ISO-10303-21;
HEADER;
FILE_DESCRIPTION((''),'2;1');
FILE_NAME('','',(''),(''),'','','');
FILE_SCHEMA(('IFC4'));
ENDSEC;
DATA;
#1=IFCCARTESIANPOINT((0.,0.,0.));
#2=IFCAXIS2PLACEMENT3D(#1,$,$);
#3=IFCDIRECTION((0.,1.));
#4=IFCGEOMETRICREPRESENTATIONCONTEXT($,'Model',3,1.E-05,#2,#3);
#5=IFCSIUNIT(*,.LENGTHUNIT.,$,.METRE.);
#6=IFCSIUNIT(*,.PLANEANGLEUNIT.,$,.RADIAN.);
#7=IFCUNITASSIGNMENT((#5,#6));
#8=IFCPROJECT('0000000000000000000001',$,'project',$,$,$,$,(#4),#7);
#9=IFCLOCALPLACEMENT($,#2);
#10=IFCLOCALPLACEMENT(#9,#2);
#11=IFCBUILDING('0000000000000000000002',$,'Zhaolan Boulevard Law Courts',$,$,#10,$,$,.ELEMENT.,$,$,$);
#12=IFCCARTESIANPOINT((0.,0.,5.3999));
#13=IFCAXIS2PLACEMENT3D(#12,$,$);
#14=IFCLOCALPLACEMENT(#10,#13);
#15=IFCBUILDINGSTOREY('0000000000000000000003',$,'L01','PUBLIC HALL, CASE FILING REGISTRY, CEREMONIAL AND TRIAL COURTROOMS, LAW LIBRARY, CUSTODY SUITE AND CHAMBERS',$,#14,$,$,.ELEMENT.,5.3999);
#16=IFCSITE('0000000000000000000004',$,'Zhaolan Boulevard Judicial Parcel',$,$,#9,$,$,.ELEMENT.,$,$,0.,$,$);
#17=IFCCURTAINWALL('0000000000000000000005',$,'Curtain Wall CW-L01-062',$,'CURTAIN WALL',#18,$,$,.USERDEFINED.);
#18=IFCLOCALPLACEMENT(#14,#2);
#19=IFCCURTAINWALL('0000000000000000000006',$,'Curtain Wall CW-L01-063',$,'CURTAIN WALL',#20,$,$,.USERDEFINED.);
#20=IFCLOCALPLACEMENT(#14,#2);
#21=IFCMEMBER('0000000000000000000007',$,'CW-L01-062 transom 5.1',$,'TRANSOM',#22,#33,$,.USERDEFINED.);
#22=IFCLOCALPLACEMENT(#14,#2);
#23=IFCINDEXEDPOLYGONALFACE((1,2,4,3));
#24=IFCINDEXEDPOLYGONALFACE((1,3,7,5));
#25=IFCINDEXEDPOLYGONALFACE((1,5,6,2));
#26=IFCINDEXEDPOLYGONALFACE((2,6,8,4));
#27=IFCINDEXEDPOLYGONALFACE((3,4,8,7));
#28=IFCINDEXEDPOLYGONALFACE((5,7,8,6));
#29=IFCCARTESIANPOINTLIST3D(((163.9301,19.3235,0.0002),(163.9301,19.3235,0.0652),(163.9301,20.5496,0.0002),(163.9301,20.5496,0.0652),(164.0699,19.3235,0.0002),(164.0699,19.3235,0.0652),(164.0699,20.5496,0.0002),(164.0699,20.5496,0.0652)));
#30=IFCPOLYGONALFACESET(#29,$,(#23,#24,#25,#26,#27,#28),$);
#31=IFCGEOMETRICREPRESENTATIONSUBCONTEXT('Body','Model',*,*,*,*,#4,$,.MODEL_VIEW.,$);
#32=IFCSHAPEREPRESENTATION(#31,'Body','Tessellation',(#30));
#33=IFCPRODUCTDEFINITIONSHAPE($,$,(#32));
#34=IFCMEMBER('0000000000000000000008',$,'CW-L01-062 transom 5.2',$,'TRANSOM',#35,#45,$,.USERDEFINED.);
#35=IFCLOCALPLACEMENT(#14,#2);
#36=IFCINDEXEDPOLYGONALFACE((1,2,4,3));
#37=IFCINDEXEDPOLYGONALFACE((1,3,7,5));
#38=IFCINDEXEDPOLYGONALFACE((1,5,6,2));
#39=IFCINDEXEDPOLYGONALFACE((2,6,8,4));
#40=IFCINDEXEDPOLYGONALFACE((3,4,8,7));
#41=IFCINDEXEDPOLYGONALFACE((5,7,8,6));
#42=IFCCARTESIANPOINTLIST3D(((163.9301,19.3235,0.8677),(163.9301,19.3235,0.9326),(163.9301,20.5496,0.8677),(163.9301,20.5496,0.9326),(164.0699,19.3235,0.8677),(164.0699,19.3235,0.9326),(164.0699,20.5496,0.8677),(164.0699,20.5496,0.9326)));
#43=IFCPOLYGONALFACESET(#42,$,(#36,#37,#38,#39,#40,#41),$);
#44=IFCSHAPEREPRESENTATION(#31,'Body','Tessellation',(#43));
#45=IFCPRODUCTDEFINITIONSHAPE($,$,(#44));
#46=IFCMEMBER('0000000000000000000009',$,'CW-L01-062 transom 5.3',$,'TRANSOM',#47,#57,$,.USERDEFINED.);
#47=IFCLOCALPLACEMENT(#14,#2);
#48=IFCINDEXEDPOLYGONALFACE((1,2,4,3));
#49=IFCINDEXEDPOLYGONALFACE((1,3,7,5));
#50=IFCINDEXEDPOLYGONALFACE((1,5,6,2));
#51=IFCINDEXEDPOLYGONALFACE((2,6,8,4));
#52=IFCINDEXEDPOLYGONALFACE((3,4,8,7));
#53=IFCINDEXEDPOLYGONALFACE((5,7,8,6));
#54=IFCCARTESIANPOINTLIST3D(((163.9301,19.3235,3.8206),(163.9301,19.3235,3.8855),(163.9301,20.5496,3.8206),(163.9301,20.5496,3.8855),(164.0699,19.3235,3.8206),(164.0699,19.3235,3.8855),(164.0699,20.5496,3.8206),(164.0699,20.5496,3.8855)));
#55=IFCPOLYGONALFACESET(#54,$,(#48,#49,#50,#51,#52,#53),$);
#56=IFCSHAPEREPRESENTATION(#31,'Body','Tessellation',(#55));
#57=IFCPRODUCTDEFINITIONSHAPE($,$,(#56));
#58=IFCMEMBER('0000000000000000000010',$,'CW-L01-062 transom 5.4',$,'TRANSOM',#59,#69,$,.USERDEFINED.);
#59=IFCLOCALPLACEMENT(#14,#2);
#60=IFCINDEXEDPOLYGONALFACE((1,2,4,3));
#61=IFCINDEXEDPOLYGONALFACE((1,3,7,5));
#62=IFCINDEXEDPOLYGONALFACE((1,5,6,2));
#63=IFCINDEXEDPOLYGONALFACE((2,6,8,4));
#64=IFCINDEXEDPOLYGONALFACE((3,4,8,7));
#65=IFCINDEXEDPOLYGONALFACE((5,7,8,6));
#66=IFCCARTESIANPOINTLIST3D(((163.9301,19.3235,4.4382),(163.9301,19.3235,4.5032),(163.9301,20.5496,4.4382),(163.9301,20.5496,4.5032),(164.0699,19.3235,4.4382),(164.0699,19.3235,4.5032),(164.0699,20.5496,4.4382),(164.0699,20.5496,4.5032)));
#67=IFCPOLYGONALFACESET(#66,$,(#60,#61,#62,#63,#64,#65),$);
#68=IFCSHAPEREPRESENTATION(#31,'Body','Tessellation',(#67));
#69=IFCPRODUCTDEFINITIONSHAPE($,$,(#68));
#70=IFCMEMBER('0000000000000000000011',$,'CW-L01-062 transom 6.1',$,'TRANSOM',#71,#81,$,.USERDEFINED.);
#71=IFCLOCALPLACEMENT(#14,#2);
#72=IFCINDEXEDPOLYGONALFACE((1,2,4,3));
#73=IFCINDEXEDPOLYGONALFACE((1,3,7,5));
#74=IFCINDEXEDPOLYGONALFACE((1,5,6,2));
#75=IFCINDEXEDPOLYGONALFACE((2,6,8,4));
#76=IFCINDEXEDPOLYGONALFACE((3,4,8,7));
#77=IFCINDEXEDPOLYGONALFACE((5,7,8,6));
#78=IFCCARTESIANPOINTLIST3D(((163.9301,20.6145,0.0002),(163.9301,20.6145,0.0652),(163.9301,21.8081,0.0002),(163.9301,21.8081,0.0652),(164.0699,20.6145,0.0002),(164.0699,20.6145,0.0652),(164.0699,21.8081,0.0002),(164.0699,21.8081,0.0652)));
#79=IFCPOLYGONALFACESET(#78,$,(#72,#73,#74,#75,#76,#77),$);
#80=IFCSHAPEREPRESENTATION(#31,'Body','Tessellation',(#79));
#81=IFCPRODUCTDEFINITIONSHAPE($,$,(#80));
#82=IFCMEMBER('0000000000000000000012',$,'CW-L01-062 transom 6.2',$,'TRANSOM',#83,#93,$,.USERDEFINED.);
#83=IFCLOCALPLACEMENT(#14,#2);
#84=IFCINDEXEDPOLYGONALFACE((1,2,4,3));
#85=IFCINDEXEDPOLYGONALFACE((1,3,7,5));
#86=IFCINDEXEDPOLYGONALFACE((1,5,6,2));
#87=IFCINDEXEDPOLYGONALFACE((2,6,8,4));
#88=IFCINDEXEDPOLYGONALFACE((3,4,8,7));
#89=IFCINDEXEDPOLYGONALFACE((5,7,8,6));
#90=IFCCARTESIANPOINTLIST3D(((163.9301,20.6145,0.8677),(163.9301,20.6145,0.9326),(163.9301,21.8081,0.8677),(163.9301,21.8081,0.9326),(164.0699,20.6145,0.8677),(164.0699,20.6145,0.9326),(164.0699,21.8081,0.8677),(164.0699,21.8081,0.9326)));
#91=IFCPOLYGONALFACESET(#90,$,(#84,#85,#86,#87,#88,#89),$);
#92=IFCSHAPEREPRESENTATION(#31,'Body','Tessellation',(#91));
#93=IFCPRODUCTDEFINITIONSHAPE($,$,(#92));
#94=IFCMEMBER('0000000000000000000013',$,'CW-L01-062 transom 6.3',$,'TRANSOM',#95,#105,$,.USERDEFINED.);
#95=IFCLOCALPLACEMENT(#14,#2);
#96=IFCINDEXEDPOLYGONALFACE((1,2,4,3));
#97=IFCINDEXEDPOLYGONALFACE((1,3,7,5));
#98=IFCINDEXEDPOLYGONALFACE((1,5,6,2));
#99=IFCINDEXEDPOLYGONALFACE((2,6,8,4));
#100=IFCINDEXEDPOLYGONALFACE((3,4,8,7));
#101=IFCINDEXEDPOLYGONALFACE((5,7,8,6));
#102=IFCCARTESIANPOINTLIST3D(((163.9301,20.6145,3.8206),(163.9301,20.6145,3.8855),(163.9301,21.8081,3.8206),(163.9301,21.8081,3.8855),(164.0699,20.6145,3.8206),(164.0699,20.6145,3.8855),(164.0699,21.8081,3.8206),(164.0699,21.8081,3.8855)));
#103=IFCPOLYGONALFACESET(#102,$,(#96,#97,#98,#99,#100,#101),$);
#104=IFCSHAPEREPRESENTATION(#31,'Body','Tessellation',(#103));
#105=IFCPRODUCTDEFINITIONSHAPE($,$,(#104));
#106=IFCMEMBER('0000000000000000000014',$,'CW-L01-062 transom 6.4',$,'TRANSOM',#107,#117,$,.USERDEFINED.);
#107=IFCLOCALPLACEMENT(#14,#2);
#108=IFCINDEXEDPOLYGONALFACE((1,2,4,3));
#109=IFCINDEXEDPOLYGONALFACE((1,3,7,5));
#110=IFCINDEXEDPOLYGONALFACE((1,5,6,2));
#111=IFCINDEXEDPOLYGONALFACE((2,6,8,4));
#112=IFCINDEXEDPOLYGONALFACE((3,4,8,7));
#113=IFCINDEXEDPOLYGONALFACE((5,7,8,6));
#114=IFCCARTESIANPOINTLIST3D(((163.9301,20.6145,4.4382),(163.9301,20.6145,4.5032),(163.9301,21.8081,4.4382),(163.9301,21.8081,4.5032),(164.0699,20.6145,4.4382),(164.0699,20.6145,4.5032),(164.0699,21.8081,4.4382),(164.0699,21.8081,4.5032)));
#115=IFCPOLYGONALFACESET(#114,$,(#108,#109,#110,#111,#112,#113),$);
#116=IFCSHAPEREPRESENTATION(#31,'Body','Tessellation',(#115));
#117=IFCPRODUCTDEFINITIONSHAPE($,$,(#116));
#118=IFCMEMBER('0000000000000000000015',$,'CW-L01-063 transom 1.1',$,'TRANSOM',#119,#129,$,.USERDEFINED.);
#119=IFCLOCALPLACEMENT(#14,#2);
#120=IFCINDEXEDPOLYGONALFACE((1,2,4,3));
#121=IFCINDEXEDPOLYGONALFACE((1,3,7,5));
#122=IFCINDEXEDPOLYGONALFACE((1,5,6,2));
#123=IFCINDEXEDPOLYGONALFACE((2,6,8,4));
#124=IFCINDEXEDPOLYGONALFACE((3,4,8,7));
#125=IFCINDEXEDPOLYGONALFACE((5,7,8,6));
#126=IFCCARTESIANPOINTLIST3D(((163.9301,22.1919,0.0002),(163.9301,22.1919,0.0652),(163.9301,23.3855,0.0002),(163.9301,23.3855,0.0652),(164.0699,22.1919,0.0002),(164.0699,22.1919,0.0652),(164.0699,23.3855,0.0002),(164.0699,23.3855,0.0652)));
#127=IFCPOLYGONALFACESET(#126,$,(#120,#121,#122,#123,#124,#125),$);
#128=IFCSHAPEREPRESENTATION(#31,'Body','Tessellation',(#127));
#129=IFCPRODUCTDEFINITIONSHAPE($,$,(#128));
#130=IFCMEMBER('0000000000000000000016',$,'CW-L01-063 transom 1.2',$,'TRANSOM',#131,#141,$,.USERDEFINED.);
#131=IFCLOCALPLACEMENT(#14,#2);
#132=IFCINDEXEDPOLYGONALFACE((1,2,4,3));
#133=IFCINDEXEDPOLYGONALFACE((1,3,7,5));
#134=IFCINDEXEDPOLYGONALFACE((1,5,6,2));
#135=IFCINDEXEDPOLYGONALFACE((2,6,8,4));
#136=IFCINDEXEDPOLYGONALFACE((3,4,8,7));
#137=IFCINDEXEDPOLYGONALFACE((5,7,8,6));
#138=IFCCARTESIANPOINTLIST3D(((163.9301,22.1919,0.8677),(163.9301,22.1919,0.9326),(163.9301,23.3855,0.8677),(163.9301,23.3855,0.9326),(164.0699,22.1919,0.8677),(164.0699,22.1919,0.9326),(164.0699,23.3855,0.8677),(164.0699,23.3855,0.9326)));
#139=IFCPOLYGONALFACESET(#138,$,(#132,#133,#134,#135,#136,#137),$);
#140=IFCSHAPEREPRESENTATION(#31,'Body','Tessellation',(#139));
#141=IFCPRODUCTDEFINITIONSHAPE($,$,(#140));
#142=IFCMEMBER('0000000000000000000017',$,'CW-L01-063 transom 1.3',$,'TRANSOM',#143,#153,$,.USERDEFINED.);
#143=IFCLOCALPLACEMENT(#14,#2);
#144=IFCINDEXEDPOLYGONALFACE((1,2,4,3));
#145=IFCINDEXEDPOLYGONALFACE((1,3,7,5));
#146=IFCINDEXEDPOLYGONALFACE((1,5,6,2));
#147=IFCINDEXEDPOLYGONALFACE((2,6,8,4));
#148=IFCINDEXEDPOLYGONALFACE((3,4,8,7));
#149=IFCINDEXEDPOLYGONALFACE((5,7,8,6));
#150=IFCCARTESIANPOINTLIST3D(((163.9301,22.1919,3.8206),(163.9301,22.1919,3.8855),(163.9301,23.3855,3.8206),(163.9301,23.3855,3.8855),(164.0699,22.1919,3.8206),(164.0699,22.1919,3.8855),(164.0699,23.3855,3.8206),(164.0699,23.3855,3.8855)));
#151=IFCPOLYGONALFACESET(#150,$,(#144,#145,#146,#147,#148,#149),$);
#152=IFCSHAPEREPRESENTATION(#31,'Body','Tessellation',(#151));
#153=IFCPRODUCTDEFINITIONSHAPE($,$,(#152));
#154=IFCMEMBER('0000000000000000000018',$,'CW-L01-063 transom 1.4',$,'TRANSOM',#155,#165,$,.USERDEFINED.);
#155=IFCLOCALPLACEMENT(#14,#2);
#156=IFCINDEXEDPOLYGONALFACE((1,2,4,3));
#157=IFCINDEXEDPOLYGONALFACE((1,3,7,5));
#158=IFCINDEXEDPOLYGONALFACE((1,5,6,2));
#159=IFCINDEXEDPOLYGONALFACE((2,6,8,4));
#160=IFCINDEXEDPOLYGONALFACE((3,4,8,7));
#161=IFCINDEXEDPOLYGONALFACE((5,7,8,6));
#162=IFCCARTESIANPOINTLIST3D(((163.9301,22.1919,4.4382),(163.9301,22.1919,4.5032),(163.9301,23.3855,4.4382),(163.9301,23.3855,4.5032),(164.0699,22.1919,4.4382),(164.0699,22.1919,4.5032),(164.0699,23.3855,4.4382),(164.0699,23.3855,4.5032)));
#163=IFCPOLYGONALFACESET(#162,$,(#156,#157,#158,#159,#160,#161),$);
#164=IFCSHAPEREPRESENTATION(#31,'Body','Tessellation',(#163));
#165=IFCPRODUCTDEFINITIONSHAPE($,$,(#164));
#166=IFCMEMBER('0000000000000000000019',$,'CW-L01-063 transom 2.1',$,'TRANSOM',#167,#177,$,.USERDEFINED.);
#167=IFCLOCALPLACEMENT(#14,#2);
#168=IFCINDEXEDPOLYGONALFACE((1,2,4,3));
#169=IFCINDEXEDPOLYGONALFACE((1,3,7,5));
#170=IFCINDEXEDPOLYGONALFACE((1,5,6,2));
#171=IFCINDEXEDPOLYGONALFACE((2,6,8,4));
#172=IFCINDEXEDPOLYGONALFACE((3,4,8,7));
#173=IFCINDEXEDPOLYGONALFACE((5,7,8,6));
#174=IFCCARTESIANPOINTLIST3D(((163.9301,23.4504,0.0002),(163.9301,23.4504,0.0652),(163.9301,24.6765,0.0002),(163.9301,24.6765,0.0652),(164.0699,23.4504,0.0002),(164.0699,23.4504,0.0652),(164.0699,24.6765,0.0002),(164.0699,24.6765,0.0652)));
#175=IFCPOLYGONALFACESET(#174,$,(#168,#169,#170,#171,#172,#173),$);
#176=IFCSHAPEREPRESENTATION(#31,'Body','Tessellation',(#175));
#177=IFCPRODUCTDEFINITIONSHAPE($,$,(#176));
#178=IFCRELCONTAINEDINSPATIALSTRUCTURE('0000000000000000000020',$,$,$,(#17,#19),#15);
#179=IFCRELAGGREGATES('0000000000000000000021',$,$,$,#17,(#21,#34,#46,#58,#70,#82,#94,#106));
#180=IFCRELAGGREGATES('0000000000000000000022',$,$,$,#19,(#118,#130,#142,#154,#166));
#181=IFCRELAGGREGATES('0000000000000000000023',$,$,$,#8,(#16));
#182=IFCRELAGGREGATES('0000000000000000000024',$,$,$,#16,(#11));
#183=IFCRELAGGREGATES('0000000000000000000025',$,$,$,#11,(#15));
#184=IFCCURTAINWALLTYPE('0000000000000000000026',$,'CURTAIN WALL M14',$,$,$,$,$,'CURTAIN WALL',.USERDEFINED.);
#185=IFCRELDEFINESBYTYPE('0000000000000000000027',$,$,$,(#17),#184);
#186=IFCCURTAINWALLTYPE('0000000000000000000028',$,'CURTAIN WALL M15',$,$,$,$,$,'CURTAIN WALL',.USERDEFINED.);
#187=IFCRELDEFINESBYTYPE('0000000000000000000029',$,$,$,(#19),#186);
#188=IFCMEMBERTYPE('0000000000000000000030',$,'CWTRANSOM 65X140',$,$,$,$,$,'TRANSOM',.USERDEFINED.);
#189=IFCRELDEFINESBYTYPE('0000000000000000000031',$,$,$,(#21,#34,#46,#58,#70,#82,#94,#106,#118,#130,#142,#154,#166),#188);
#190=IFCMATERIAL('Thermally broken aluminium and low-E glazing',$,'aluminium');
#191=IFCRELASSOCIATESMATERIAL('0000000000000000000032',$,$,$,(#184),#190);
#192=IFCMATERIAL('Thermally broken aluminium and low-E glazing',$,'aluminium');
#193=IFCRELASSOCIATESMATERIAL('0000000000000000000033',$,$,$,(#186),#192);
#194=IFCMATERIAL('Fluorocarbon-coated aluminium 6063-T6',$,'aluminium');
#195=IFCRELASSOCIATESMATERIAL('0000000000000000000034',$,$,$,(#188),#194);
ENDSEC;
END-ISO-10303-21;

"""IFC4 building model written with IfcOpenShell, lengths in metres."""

from ifc_helpers import new_model, si_unit, direction, frame, origin, origin_2d, place, context, subcontext, project, spatial, rectangle, extrude, material, material_profile, profile_set, type_object, element, aggregate, save


model = new_model("IFC4")

# Units and contexts
model_context = context("Model", 3, precision=1e-05, world=origin(), true_north=direction((0.0, 1.0)))
body_context = subcontext(model_context, "Body", "Model", "MODEL_VIEW")
ifc_project = project(units=[si_unit("LENGTHUNIT", "METRE"), si_unit("PLANEANGLEUNIT", "RADIAN")], contexts=[model_context])

# Site, building, storey
site_placement = place(None, origin())
site = spatial("IfcSite", under=ifc_project, at=site_placement, Name="Zhaolan Boulevard Judicial Parcel", CompositionType="ELEMENT", RefElevation=0.0)
building_placement = place(site_placement, origin())
building = spatial("IfcBuilding", under=site, at=building_placement, Name="Zhaolan Boulevard Law Courts", CompositionType="ELEMENT")
storey_placement = place(building_placement, frame((0.0, 0.0, 5.3999)))
storey = spatial("IfcBuildingStorey", under=building, at=storey_placement, Name="L01", Description="PUBLIC HALL, CASE FILING REGISTRY, CEREMONIAL AND TRIAL COURTROOMS, LAW LIBRARY, CUSTODY SUITE AND CHAMBERS", CompositionType="ELEMENT", Elevation=5.3999)

# Curtain walls
ifc_material_1 = material(Name="Thermally broken aluminium and low-E glazing", Category="aluminium")
curtain_wall_type_1 = type_object("IfcCurtainWallType", Name="CURTAIN WALL M14", ElementType="CURTAIN WALL", PredefinedType="USERDEFINED", material=ifc_material_1)
curtain_wall_1_placement = place(storey_placement, origin())
curtain_wall_1 = element("IfcCurtainWall", 1, at=curtain_wall_1_placement, inside=storey, type_object=curtain_wall_type_1, Name="Curtain Wall CW-L01-062", ObjectType="CURTAIN WALL", PredefinedType="USERDEFINED")
ifc_material_2 = material(Name="Thermally broken aluminium and low-E glazing", Category="aluminium")
curtain_wall_type_2 = type_object("IfcCurtainWallType", Name="CURTAIN WALL M15", ElementType="CURTAIN WALL", PredefinedType="USERDEFINED", material=ifc_material_2)
curtain_wall_2_placement = place(storey_placement, origin())
curtain_wall_2 = element("IfcCurtainWall", 2, at=curtain_wall_2_placement, inside=storey, type_object=curtain_wall_type_2, Name="Curtain Wall CW-L01-063", ObjectType="CURTAIN WALL", PredefinedType="USERDEFINED")

# Members
ifc_material_3 = material(Name="Fluorocarbon-coated aluminium 6063-T6", Category="aluminium")
ifc_material_profile_1 = material_profile(ifc_material_3, rectangle(XDim=0.1399, YDim=0.0649, at=origin_2d()), Name="AL65x140")
ifc_profile_set_1 = profile_set([ifc_material_profile_1], Name="Fluorocarbon-coated aluminium 6063-T6")
member_type_1 = type_object("IfcMemberType", Name="CWTRANSOM 65X140", ElementType="TRANSOM", PredefinedType="USERDEFINED", material=ifc_profile_set_1)
member_1_placement = place(storey_placement, frame((164.0, 19.3235, 0.0327), z_axis=(0.0, 1.0, 0.0), x_axis=(-1.0, 0.0, 0.0)))
member_1 = element("IfcMember", 3, at=member_1_placement, type_object=member_type_1, Name="CW-L01-062 transom 5.1", ObjectType="TRANSOM", PredefinedType="USERDEFINED", context=body_context, shape_type="SweptSolid", body=[
    extrude(rectangle(XDim=0.1399, YDim=0.0649, at=origin_2d()), origin(), (0.0, 0.0, 1.0), 1.2261),
])
member_2_placement = place(storey_placement, frame((164.0, 19.3235, 0.9001), z_axis=(0.0, 1.0, 0.0), x_axis=(-1.0, 0.0, 0.0)))
member_2 = element("IfcMember", 4, at=member_2_placement, type_object=member_type_1, Name="CW-L01-062 transom 5.2", ObjectType="TRANSOM", PredefinedType="USERDEFINED", context=body_context, shape_type="SweptSolid", body=[
    extrude(rectangle(XDim=0.1399, YDim=0.0649, at=origin_2d()), origin(), (0.0, 0.0, 1.0), 1.2261),
])
member_3_placement = place(storey_placement, frame((164.0, 19.3235, 3.853), z_axis=(0.0, 1.0, 0.0), x_axis=(-1.0, 0.0, 0.0)))
member_3 = element("IfcMember", 5, at=member_3_placement, type_object=member_type_1, Name="CW-L01-062 transom 5.3", ObjectType="TRANSOM", PredefinedType="USERDEFINED", context=body_context, shape_type="SweptSolid", body=[
    extrude(rectangle(XDim=0.1399, YDim=0.0649, at=origin_2d()), origin(), (0.0, 0.0, 1.0), 1.2261),
])
member_4_placement = place(storey_placement, frame((164.0, 19.3235, 4.4707), z_axis=(0.0, 1.0, 0.0), x_axis=(-1.0, 0.0, 0.0)))
member_4 = element("IfcMember", 6, at=member_4_placement, type_object=member_type_1, Name="CW-L01-062 transom 5.4", ObjectType="TRANSOM", PredefinedType="USERDEFINED", context=body_context, shape_type="SweptSolid", body=[
    extrude(rectangle(XDim=0.1399, YDim=0.0649, at=origin_2d()), origin(), (0.0, 0.0, 1.0), 1.2261),
])
member_5_placement = place(storey_placement, frame((164.0, 20.6145, 0.0327), z_axis=(0.0, 1.0, 0.0), x_axis=(-1.0, 0.0, 0.0)))
member_5 = element("IfcMember", 7, at=member_5_placement, type_object=member_type_1, Name="CW-L01-062 transom 6.1", ObjectType="TRANSOM", PredefinedType="USERDEFINED", context=body_context, shape_type="SweptSolid", body=[
    extrude(rectangle(XDim=0.1399, YDim=0.0649, at=origin_2d()), origin(), (0.0, 0.0, 1.0), 1.1936),
])
member_6_placement = place(storey_placement, frame((164.0, 20.6145, 0.9001), z_axis=(0.0, 1.0, 0.0), x_axis=(-1.0, 0.0, 0.0)))
member_6 = element("IfcMember", 8, at=member_6_placement, type_object=member_type_1, Name="CW-L01-062 transom 6.2", ObjectType="TRANSOM", PredefinedType="USERDEFINED", context=body_context, shape_type="SweptSolid", body=[
    extrude(rectangle(XDim=0.1399, YDim=0.0649, at=origin_2d()), origin(), (0.0, 0.0, 1.0), 1.1936),
])
member_7_placement = place(storey_placement, frame((164.0, 20.6145, 3.853), z_axis=(0.0, 1.0, 0.0), x_axis=(-1.0, 0.0, 0.0)))
member_7 = element("IfcMember", 9, at=member_7_placement, type_object=member_type_1, Name="CW-L01-062 transom 6.3", ObjectType="TRANSOM", PredefinedType="USERDEFINED", context=body_context, shape_type="SweptSolid", body=[
    extrude(rectangle(XDim=0.1399, YDim=0.0649, at=origin_2d()), origin(), (0.0, 0.0, 1.0), 1.1936),
])
member_8_placement = place(storey_placement, frame((164.0, 20.6145, 4.4707), z_axis=(0.0, 1.0, 0.0), x_axis=(-1.0, 0.0, 0.0)))
member_8 = element("IfcMember", 10, at=member_8_placement, type_object=member_type_1, Name="CW-L01-062 transom 6.4", ObjectType="TRANSOM", PredefinedType="USERDEFINED", context=body_context, shape_type="SweptSolid", body=[
    extrude(rectangle(XDim=0.1399, YDim=0.0649, at=origin_2d()), origin(), (0.0, 0.0, 1.0), 1.1936),
])
member_9_placement = place(storey_placement, frame((164.0, 22.1919, 0.0327), z_axis=(0.0, 1.0, 0.0), x_axis=(-1.0, 0.0, 0.0)))
member_9 = element("IfcMember", 11, at=member_9_placement, type_object=member_type_1, Name="CW-L01-063 transom 1.1", ObjectType="TRANSOM", PredefinedType="USERDEFINED", context=body_context, shape_type="SweptSolid", body=[
    extrude(rectangle(XDim=0.1399, YDim=0.0649, at=origin_2d()), origin(), (0.0, 0.0, 1.0), 1.1936),
])
member_10_placement = place(storey_placement, frame((164.0, 22.1919, 0.9001), z_axis=(0.0, 1.0, 0.0), x_axis=(-1.0, 0.0, 0.0)))
member_10 = element("IfcMember", 12, at=member_10_placement, type_object=member_type_1, Name="CW-L01-063 transom 1.2", ObjectType="TRANSOM", PredefinedType="USERDEFINED", context=body_context, shape_type="SweptSolid", body=[
    extrude(rectangle(XDim=0.1399, YDim=0.0649, at=origin_2d()), origin(), (0.0, 0.0, 1.0), 1.1936),
])
member_11_placement = place(storey_placement, frame((164.0, 22.1919, 3.853), z_axis=(0.0, 1.0, 0.0), x_axis=(-1.0, 0.0, 0.0)))
member_11 = element("IfcMember", 13, at=member_11_placement, type_object=member_type_1, Name="CW-L01-063 transom 1.3", ObjectType="TRANSOM", PredefinedType="USERDEFINED", context=body_context, shape_type="SweptSolid", body=[
    extrude(rectangle(XDim=0.1399, YDim=0.0649, at=origin_2d()), origin(), (0.0, 0.0, 1.0), 1.1936),
])
member_12_placement = place(storey_placement, frame((164.0, 22.1919, 4.4707), z_axis=(0.0, 1.0, 0.0), x_axis=(-1.0, 0.0, 0.0)))
member_12 = element("IfcMember", 14, at=member_12_placement, type_object=member_type_1, Name="CW-L01-063 transom 1.4", ObjectType="TRANSOM", PredefinedType="USERDEFINED", context=body_context, shape_type="SweptSolid", body=[
    extrude(rectangle(XDim=0.1399, YDim=0.0649, at=origin_2d()), origin(), (0.0, 0.0, 1.0), 1.1936),
])
member_13_placement = place(storey_placement, frame((164.0, 23.4504, 0.0327), z_axis=(0.0, 1.0, 0.0), x_axis=(-1.0, 0.0, 0.0)))
member_13 = element("IfcMember", 15, at=member_13_placement, type_object=member_type_1, Name="CW-L01-063 transom 2.1", ObjectType="TRANSOM", PredefinedType="USERDEFINED", context=body_context, shape_type="SweptSolid", body=[
    extrude(rectangle(XDim=0.1399, YDim=0.0649, at=origin_2d()), origin(), (0.0, 0.0, 1.0), 1.2261),
])

aggregate(curtain_wall_1, [member_1, member_2, member_3, member_4, member_5, member_6, member_7, member_8])
aggregate(curtain_wall_2, [member_9, member_10, member_11, member_12, member_13])

save(model, "model.ifc")
